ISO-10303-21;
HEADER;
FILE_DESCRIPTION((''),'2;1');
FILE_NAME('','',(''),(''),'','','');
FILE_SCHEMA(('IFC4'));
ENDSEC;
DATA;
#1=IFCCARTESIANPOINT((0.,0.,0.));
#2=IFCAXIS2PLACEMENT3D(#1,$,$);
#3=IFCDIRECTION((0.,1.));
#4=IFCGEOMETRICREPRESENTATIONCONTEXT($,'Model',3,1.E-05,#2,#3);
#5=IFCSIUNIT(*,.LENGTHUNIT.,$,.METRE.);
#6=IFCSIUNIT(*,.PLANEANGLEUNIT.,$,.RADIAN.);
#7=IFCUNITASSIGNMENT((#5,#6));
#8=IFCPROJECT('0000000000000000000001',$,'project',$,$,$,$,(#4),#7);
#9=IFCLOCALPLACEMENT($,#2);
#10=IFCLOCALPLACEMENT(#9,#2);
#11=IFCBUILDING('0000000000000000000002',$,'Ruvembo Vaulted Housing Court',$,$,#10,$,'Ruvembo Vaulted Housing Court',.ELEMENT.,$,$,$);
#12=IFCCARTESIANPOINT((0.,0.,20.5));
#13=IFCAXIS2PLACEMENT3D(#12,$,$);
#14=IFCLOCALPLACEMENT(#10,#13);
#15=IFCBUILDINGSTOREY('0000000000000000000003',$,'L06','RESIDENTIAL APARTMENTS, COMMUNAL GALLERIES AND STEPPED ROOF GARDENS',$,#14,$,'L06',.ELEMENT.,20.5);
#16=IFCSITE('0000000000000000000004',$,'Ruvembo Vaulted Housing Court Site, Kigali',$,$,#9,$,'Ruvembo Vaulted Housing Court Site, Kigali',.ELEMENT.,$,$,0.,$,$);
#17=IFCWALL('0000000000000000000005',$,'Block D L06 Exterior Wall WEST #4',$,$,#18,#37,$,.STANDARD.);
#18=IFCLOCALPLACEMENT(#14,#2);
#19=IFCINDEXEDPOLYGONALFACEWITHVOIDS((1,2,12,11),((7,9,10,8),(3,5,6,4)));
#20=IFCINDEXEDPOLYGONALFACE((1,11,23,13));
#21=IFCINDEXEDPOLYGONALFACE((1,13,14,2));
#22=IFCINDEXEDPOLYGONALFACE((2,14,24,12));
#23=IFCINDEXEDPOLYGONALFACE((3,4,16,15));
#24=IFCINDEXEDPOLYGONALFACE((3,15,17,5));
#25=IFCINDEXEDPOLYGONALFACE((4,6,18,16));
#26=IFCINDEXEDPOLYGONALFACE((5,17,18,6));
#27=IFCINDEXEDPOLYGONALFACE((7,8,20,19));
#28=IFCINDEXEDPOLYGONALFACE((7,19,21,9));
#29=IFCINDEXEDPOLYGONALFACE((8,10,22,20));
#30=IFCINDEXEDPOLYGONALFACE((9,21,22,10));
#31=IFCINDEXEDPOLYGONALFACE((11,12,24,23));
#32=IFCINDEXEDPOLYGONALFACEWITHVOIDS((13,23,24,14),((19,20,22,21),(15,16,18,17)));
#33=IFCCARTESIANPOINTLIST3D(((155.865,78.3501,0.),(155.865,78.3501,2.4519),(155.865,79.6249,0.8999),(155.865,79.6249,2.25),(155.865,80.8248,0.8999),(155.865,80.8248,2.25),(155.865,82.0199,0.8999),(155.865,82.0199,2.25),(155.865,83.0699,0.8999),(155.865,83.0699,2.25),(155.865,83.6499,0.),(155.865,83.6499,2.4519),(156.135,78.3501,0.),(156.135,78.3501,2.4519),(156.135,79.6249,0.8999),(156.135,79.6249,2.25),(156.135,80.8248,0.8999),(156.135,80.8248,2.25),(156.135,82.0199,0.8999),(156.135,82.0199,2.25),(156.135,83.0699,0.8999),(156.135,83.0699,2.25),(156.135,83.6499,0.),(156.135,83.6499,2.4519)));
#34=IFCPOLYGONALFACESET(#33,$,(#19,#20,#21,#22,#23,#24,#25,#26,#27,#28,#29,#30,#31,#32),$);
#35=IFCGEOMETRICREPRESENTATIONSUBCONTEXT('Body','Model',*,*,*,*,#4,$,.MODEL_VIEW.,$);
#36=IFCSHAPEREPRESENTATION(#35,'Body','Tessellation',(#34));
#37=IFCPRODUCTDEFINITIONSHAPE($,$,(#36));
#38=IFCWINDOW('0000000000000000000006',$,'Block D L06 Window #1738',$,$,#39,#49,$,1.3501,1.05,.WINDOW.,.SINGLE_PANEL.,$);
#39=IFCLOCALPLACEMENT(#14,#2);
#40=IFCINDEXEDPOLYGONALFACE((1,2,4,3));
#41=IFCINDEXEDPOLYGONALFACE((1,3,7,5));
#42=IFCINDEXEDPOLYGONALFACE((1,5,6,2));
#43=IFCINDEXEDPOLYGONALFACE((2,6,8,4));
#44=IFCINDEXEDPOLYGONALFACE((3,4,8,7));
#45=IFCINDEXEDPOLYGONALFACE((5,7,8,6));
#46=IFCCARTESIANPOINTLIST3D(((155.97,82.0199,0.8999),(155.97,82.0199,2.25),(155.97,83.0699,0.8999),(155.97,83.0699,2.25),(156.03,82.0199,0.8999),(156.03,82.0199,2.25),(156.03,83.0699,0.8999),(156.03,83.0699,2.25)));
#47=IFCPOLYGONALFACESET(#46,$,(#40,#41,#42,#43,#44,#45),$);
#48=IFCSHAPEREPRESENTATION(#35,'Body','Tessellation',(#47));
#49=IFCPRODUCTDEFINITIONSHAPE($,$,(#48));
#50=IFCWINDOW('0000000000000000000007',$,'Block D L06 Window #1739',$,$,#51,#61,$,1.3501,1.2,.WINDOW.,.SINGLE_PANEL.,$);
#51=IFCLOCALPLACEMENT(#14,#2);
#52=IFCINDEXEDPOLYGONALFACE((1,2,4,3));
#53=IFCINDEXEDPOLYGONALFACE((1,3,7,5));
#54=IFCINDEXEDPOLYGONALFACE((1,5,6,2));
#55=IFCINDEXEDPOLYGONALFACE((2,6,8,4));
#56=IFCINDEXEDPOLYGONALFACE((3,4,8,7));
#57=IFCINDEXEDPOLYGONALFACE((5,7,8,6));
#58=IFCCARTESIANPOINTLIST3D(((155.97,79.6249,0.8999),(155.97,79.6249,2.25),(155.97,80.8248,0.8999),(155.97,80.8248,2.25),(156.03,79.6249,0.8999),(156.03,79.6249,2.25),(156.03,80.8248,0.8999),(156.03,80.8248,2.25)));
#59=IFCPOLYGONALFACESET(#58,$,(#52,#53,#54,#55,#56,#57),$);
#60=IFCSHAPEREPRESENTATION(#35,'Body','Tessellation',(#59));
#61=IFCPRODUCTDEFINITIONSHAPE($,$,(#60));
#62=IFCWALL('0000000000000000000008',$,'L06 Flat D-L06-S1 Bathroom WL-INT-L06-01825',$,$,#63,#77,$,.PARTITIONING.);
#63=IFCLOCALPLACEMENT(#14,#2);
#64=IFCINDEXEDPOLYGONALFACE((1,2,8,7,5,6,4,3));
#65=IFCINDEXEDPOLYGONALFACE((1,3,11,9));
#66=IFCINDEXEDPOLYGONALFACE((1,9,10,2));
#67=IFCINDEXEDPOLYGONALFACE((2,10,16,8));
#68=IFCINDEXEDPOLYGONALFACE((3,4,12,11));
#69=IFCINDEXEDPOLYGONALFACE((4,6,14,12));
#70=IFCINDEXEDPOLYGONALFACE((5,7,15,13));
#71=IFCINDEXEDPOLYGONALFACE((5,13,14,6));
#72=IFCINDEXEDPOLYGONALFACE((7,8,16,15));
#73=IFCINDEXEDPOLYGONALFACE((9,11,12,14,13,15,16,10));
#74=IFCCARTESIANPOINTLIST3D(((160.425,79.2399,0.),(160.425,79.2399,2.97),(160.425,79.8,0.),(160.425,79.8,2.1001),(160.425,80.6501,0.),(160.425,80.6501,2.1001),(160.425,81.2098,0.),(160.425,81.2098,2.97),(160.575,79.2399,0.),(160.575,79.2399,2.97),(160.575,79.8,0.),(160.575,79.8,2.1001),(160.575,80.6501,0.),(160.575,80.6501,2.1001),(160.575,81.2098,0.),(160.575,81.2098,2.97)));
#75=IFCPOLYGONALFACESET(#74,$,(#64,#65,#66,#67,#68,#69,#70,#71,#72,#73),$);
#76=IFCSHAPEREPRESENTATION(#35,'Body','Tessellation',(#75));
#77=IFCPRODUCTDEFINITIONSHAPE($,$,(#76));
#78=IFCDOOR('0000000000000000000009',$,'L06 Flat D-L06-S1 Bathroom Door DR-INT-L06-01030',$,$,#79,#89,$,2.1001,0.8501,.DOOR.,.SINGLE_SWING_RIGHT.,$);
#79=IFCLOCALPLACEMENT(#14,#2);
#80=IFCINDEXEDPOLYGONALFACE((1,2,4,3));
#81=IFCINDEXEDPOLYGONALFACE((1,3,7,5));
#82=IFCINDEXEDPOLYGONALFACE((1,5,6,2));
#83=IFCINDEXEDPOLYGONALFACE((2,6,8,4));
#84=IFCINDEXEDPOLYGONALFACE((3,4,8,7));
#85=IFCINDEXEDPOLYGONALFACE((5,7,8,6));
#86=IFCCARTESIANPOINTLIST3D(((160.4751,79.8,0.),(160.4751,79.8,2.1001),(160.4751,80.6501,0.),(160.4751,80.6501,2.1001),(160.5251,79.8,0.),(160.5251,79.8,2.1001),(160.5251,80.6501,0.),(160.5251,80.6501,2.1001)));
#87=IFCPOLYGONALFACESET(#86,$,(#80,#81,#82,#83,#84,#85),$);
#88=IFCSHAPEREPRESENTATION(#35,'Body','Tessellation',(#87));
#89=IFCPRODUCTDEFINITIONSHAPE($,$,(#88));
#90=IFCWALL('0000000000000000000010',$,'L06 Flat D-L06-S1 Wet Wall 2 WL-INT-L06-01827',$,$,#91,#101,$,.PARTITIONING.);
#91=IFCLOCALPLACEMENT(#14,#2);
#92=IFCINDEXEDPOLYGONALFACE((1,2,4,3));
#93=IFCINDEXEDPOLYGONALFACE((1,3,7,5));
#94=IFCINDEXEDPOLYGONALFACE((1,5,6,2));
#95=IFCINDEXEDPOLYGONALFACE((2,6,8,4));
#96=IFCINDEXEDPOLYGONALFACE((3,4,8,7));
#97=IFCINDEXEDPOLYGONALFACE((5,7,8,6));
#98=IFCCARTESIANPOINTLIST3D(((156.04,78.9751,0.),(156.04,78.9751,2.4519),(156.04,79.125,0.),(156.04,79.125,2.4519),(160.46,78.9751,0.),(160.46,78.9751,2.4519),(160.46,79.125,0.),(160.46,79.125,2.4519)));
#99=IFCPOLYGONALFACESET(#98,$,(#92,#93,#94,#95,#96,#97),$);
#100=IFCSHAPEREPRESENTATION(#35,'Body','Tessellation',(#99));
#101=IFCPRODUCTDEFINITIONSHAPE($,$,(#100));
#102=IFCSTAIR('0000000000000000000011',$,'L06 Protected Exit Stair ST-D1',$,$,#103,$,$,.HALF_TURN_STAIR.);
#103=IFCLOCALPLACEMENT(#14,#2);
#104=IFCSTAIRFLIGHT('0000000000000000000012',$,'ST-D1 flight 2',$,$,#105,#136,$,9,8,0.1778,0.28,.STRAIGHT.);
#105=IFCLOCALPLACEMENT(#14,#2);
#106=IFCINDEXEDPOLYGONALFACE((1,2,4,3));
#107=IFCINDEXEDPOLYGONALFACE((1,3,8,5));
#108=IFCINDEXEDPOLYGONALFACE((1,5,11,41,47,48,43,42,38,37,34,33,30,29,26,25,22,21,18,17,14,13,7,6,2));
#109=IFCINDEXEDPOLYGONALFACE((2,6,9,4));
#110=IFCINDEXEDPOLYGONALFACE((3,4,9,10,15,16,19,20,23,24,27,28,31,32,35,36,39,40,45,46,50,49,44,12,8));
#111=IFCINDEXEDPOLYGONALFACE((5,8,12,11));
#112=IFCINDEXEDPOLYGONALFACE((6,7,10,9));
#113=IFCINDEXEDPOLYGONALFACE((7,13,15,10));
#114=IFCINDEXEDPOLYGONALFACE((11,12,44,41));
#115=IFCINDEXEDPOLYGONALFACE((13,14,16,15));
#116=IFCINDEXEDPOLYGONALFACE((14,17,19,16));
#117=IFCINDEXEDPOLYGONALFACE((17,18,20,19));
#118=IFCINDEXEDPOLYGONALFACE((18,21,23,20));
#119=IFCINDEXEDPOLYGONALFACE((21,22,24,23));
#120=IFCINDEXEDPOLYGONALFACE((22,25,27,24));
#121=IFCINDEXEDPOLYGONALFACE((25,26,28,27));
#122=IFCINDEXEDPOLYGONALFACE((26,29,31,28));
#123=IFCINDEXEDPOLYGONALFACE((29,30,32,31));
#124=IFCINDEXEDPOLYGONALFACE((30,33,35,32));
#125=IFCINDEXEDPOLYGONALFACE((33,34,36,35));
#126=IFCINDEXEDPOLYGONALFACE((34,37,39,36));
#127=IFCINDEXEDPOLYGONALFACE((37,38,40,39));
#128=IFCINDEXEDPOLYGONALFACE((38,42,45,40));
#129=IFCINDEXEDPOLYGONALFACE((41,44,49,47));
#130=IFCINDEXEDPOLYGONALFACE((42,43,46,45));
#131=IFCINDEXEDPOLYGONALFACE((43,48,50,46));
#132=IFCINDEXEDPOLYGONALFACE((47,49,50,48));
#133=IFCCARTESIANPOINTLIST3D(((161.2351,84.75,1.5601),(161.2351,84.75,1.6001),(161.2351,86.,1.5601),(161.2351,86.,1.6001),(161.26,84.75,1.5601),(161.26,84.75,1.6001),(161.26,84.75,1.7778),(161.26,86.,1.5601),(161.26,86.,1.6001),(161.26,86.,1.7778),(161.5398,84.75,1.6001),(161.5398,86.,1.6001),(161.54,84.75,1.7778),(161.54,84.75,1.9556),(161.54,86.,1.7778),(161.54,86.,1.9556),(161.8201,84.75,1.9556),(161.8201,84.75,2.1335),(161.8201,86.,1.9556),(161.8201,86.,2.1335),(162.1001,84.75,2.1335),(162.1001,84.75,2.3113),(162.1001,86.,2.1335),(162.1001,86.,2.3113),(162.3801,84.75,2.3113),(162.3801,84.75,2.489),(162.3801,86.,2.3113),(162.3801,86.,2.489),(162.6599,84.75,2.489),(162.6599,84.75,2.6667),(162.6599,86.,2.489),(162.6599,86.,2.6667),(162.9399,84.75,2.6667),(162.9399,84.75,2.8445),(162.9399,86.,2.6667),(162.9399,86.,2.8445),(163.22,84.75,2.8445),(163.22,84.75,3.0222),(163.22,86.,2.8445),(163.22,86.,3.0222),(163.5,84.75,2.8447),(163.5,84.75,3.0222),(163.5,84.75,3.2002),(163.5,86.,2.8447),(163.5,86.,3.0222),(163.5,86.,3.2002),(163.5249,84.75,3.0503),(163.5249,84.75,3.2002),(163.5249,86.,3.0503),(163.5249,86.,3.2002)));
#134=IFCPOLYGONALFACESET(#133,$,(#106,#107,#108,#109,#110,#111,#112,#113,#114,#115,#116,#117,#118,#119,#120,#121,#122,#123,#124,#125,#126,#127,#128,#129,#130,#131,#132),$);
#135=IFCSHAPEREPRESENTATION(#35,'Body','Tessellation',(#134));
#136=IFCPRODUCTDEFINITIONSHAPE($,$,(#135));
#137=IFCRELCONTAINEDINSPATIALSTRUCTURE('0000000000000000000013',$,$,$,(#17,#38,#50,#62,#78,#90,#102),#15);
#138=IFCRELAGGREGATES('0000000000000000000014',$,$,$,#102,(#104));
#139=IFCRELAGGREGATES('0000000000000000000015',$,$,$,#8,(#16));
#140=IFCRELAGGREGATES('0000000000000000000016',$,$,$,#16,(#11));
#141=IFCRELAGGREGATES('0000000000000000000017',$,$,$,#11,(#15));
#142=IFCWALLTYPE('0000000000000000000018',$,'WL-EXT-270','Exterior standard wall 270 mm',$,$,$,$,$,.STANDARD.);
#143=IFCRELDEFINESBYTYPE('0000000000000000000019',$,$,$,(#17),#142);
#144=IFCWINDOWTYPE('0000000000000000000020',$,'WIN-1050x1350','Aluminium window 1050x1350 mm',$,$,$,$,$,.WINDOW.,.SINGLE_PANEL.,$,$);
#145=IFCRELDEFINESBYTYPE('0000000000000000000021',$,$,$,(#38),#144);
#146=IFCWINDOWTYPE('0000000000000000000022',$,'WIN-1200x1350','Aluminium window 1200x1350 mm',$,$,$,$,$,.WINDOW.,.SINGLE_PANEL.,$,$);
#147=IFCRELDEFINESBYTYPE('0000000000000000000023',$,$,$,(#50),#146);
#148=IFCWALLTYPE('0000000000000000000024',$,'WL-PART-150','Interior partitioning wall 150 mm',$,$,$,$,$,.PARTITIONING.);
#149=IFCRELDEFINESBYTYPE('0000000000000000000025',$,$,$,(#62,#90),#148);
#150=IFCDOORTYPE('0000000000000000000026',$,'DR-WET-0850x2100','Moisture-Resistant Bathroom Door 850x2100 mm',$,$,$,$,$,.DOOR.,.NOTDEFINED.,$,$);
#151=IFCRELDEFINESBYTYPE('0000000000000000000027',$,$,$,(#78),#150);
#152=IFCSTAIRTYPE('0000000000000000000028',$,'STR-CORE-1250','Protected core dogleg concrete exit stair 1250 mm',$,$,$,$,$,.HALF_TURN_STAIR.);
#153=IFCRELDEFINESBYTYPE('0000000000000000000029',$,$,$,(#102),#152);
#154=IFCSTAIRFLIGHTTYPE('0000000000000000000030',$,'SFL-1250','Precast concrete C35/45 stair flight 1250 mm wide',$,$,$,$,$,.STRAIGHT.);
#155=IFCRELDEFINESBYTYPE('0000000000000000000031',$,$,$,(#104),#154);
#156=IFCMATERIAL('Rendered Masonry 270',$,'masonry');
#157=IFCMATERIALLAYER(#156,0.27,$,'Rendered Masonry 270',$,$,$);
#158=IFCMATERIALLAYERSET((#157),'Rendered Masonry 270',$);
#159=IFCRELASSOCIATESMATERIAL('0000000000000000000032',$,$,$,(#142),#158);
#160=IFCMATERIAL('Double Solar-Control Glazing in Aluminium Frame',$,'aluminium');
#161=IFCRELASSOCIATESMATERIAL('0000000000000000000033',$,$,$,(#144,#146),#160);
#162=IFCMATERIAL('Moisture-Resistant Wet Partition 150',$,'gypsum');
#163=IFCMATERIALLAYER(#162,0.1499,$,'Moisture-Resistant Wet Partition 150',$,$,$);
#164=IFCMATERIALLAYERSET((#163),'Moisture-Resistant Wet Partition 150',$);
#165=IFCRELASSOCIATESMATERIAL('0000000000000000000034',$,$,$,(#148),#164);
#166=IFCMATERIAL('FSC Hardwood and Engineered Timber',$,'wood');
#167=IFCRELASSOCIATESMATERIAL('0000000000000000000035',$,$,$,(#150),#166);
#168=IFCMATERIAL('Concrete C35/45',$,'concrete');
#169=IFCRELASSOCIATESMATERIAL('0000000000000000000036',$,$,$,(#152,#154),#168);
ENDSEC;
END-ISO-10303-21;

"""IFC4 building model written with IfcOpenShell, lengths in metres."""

from ifc_helpers import new_model, si_unit, direction, frame, frame_2d, origin, place, context, subcontext, project, spatial, polyline, rectangle, outline, extrude, material, layer, layer_set, type_object, element, fill, aggregate, save


model = new_model("IFC4")

# Units and contexts
model_context = context("Model", 3, precision=1e-05, world=origin(), true_north=direction((0.0, 1.0)))
body_context = subcontext(model_context, "Body", "Model", "MODEL_VIEW")
ifc_project = project(units=[si_unit("LENGTHUNIT", "METRE"), si_unit("PLANEANGLEUNIT", "RADIAN")], contexts=[model_context])

# Site, building, storey
site_placement = place(None, origin())
site = spatial("IfcSite", under=ifc_project, at=site_placement, Name="Ruvembo Vaulted Housing Court Site, Kigali", LongName="Ruvembo Vaulted Housing Court Site, Kigali", CompositionType="ELEMENT", RefElevation=0.0)
building_placement = place(site_placement, origin())
building = spatial("IfcBuilding", under=site, at=building_placement, Name="Ruvembo Vaulted Housing Court", LongName="Ruvembo Vaulted Housing Court", CompositionType="ELEMENT")
storey_placement = place(building_placement, frame((0.0, 0.0, 20.5)))
storey = spatial("IfcBuildingStorey", under=building, at=storey_placement, Name="L06", Description="RESIDENTIAL APARTMENTS, COMMUNAL GALLERIES AND STEPPED ROOF GARDENS", LongName="L06", CompositionType="ELEMENT", Elevation=20.5)

# Shared definitions
ifc_material_1 = material(Name="Concrete C35/45", Category="concrete")

# Shared definitions
ifc_material_2 = material(Name="FSC Hardwood and Engineered Timber", Category="wood")

# Wall, openings, windows
ifc_material_3 = material(Name="Rendered Masonry 270", Category="masonry")
ifc_layer_1 = layer(ifc_material_3, 0.27, Name="Rendered Masonry 270")
ifc_layer_set_1 = layer_set([ifc_layer_1], Name="Rendered Masonry 270")
wall_type_1 = type_object("IfcWallType", Name="WL-EXT-270", Description="Exterior standard wall 270 mm", PredefinedType="STANDARD", material=ifc_layer_set_1)
wall_1_placement = place(storey_placement, frame((156.0, 83.6499, 0.0), z_axis=(0.0, 0.0, 1.0), x_axis=(0.0, -1.0, 0.0)))
wall_1 = element("IfcWall", 1, at=wall_1_placement, inside=storey, type_object=wall_type_1, Name="Block D L06 Exterior Wall WEST #4", PredefinedType="STANDARD", context=body_context, shape_type="SweptSolid", body=[
    extrude(rectangle(XDim=5.2998, YDim=0.27, at=frame_2d((2.6499, 0.0))), origin(), (0.0, 0.0, 1.0), 2.4519),
])
opening_1_placement = place(wall_1_placement, frame((0.5801, 0.0, 0.8999)))
opening_1 = element("IfcOpeningElement", 2, at=opening_1_placement, cuts=wall_1, PredefinedType="OPENING", context=body_context, shape_type="SweptSolid", body=[
    extrude(rectangle(XDim=1.05, YDim=1.3501, at=frame_2d((0.5249, 0.675))), frame((0.0, 0.145, 0.0), z_axis=(0.0, -1.0, 0.0), x_axis=(1.0, 0.0, 0.0)), (0.0, 0.0, 1.0), 0.29),
])
opening_2_placement = place(wall_1_placement, frame((2.825, 0.0, 0.8999)))
opening_2 = element("IfcOpeningElement", 3, at=opening_2_placement, cuts=wall_1, PredefinedType="OPENING", context=body_context, shape_type="SweptSolid", body=[
    extrude(rectangle(XDim=1.2, YDim=1.3501, at=frame_2d((0.6001, 0.675))), frame((0.0, 0.145, 0.0), z_axis=(0.0, -1.0, 0.0), x_axis=(1.0, 0.0, 0.0)), (0.0, 0.0, 1.0), 0.29),
])
ifc_material_4 = material(Name="Double Solar-Control Glazing in Aluminium Frame", Category="aluminium")
window_type_1 = type_object("IfcWindowType", Name="WIN-1050x1350", Description="Aluminium window 1050x1350 mm", PartitioningType="SINGLE_PANEL", PredefinedType="WINDOW", material=ifc_material_4)
window_1_placement = place(opening_1_placement, origin())
window_1 = element("IfcWindow", 4, at=window_1_placement, inside=storey, type_object=window_type_1, Name="Block D L06 Window #1738", OverallHeight=1.3501, OverallWidth=1.05, PartitioningType="SINGLE_PANEL", PredefinedType="WINDOW", context=body_context, shape_type="SweptSolid", body=[
    extrude(rectangle(XDim=1.05, YDim=1.3501, at=frame_2d((0.5249, 0.675))), frame((0.0, 0.03, 0.0), z_axis=(0.0, -1.0, 0.0), x_axis=(1.0, 0.0, 0.0)), (0.0, 0.0, 1.0), 0.0601),
])
fill(opening_1, window_1)
window_type_2 = type_object("IfcWindowType", Name="WIN-1200x1350", Description="Aluminium window 1200x1350 mm", PartitioningType="SINGLE_PANEL", PredefinedType="WINDOW", material=ifc_material_4)
window_2_placement = place(opening_2_placement, origin())
window_2 = element("IfcWindow", 5, at=window_2_placement, inside=storey, type_object=window_type_2, Name="Block D L06 Window #1739", OverallHeight=1.3501, OverallWidth=1.2, PartitioningType="SINGLE_PANEL", PredefinedType="WINDOW", context=body_context, shape_type="SweptSolid", body=[
    extrude(rectangle(XDim=1.2, YDim=1.3501, at=frame_2d((0.6001, 0.675))), frame((0.0, 0.03, 0.0), z_axis=(0.0, -1.0, 0.0), x_axis=(1.0, 0.0, 0.0)), (0.0, 0.0, 1.0), 0.0601),
])
fill(opening_2, window_2)

# Wall, opening, door
ifc_material_5 = material(Name="Moisture-Resistant Wet Partition 150", Category="gypsum")
ifc_layer_2 = layer(ifc_material_5, 0.1499, Name="Moisture-Resistant Wet Partition 150")
ifc_layer_set_2 = layer_set([ifc_layer_2], Name="Moisture-Resistant Wet Partition 150")
wall_type_2 = type_object("IfcWallType", Name="WL-PART-150", Description="Interior partitioning wall 150 mm", PredefinedType="PARTITIONING", material=ifc_layer_set_2)
wall_2_placement = place(storey_placement, frame((160.5, 79.24, 0.0), z_axis=(0.0, 0.0, 1.0), x_axis=(0.0, 1.0, 0.0)))
wall_2 = element("IfcWall", 6, at=wall_2_placement, inside=storey, type_object=wall_type_2, Name="L06 Flat D-L06-S1 Bathroom WL-INT-L06-01825", PredefinedType="PARTITIONING", context=body_context, shape_type="SweptSolid", body=[
    extrude(rectangle(XDim=1.97, YDim=0.1499, at=frame_2d((0.9849, 0.0))), origin(), (0.0, 0.0, 1.0), 2.97),
])
opening_3_placement = place(wall_2_placement, frame((0.5601, 0.0, 0.0)))
opening_3 = element("IfcOpeningElement", 7, at=opening_3_placement, cuts=wall_2, PredefinedType="OPENING", context=body_context, shape_type="SweptSolid", body=[
    extrude(rectangle(XDim=0.8501, YDim=2.1001, at=frame_2d((0.425, 1.05))), frame((0.0, 0.085, 0.0), z_axis=(0.0, -1.0, 0.0), x_axis=(1.0, 0.0, 0.0)), (0.0, 0.0, 1.0), 0.1699),
])
door_type_1 = type_object("IfcDoorType", Name="DR-WET-0850x2100", Description="Moisture-Resistant Bathroom Door 850x2100 mm", OperationType="NOTDEFINED", PredefinedType="DOOR", material=ifc_material_2)
door_1_placement = place(opening_3_placement, origin())
door_1 = element("IfcDoor", 8, at=door_1_placement, inside=storey, type_object=door_type_1, Name="L06 Flat D-L06-S1 Bathroom Door DR-INT-L06-01030", OperationType="SINGLE_SWING_RIGHT", OverallHeight=2.1001, OverallWidth=0.8501, PredefinedType="DOOR", context=body_context, shape_type="SweptSolid", body=[
    extrude(rectangle(XDim=0.8501, YDim=2.1001, at=frame_2d((0.425, 1.05))), frame((0.0, 0.0249, 0.0), z_axis=(0.0, -1.0, 0.0), x_axis=(1.0, 0.0, 0.0)), (0.0, 0.0, 1.0), 0.05),
])
fill(opening_3, door_1)

# Wall
wall_3_placement = place(storey_placement, frame((156.04, 79.05, 0.0), z_axis=(0.0, 0.0, 1.0), x_axis=(1.0, 0.0, 0.0)))
element("IfcWall", 9, at=wall_3_placement, inside=storey, type_object=wall_type_2, Name="L06 Flat D-L06-S1 Wet Wall 2 WL-INT-L06-01827", PredefinedType="PARTITIONING", context=body_context, shape_type="SweptSolid", body=[
    extrude(rectangle(XDim=4.4199, YDim=0.1499, at=frame_2d((2.21, 0.0))), origin(), (0.0, 0.0, 1.0), 2.4519),
])

# Stair, stair flight
stair_type = type_object("IfcStairType", Name="STR-CORE-1250", Description="Protected core dogleg concrete exit stair 1250 mm", PredefinedType="HALF_TURN_STAIR", material=ifc_material_1)
stair_placement = place(storey_placement, origin())
stair = element("IfcStair", 10, at=stair_placement, inside=storey, type_object=stair_type, Name="L06 Protected Exit Stair ST-D1", PredefinedType="HALF_TURN_STAIR")
stair_flight_type = type_object("IfcStairFlightType", Name="SFL-1250", Description="Precast concrete C35/45 stair flight 1250 mm wide", PredefinedType="STRAIGHT", material=ifc_material_1)
stair_flight_placement = place(storey_placement, frame((161.26, 85.375, 1.6001), z_axis=(0.0, 0.0, 1.0), x_axis=(1.0, 0.0, 0.0)))
stair_flight = element("IfcStairFlight", 11, at=stair_flight_placement, type_object=stair_flight_type, Name="ST-D1 flight 2", NumberOfRisers=9, NumberOfTreads=8, PredefinedType="STRAIGHT", RiserHeight=0.1778, TreadLength=0.28, context=body_context, shape_type="SweptSolid", body=[
    extrude(outline(polyline([(-0.0249, -0.04), (-0.0249, 0.0), (0.0, 0.0), (0.0, 0.1777), (0.28, 0.1777), (0.28, 0.3555), (0.5601, 0.3555), (0.5601, 0.5334), (0.8401, 0.5334), (0.8401, 0.7112), (1.1201, 0.7112), (1.1201, 0.8889), (1.3999, 0.8889), (1.3999, 1.0667), (1.6799, 1.0667), (1.6799, 1.2444), (1.96, 1.2444), (1.96, 1.4221), (2.24, 1.4221), (2.24, 1.6001), (2.2649, 1.6001), (2.2649, 1.4502), (2.24, 1.2446), (0.2798, 0.0), (0.0, -0.04), (-0.0249, -0.04)])), frame((0.0, 0.625, 0.0), z_axis=(0.0, -1.0, 0.0), x_axis=(1.0, 0.0, 0.0)), (0.0, 0.0, 1.0), 1.25),
])
aggregate(stair, [stair_flight])

save(model, "model.ifc")
